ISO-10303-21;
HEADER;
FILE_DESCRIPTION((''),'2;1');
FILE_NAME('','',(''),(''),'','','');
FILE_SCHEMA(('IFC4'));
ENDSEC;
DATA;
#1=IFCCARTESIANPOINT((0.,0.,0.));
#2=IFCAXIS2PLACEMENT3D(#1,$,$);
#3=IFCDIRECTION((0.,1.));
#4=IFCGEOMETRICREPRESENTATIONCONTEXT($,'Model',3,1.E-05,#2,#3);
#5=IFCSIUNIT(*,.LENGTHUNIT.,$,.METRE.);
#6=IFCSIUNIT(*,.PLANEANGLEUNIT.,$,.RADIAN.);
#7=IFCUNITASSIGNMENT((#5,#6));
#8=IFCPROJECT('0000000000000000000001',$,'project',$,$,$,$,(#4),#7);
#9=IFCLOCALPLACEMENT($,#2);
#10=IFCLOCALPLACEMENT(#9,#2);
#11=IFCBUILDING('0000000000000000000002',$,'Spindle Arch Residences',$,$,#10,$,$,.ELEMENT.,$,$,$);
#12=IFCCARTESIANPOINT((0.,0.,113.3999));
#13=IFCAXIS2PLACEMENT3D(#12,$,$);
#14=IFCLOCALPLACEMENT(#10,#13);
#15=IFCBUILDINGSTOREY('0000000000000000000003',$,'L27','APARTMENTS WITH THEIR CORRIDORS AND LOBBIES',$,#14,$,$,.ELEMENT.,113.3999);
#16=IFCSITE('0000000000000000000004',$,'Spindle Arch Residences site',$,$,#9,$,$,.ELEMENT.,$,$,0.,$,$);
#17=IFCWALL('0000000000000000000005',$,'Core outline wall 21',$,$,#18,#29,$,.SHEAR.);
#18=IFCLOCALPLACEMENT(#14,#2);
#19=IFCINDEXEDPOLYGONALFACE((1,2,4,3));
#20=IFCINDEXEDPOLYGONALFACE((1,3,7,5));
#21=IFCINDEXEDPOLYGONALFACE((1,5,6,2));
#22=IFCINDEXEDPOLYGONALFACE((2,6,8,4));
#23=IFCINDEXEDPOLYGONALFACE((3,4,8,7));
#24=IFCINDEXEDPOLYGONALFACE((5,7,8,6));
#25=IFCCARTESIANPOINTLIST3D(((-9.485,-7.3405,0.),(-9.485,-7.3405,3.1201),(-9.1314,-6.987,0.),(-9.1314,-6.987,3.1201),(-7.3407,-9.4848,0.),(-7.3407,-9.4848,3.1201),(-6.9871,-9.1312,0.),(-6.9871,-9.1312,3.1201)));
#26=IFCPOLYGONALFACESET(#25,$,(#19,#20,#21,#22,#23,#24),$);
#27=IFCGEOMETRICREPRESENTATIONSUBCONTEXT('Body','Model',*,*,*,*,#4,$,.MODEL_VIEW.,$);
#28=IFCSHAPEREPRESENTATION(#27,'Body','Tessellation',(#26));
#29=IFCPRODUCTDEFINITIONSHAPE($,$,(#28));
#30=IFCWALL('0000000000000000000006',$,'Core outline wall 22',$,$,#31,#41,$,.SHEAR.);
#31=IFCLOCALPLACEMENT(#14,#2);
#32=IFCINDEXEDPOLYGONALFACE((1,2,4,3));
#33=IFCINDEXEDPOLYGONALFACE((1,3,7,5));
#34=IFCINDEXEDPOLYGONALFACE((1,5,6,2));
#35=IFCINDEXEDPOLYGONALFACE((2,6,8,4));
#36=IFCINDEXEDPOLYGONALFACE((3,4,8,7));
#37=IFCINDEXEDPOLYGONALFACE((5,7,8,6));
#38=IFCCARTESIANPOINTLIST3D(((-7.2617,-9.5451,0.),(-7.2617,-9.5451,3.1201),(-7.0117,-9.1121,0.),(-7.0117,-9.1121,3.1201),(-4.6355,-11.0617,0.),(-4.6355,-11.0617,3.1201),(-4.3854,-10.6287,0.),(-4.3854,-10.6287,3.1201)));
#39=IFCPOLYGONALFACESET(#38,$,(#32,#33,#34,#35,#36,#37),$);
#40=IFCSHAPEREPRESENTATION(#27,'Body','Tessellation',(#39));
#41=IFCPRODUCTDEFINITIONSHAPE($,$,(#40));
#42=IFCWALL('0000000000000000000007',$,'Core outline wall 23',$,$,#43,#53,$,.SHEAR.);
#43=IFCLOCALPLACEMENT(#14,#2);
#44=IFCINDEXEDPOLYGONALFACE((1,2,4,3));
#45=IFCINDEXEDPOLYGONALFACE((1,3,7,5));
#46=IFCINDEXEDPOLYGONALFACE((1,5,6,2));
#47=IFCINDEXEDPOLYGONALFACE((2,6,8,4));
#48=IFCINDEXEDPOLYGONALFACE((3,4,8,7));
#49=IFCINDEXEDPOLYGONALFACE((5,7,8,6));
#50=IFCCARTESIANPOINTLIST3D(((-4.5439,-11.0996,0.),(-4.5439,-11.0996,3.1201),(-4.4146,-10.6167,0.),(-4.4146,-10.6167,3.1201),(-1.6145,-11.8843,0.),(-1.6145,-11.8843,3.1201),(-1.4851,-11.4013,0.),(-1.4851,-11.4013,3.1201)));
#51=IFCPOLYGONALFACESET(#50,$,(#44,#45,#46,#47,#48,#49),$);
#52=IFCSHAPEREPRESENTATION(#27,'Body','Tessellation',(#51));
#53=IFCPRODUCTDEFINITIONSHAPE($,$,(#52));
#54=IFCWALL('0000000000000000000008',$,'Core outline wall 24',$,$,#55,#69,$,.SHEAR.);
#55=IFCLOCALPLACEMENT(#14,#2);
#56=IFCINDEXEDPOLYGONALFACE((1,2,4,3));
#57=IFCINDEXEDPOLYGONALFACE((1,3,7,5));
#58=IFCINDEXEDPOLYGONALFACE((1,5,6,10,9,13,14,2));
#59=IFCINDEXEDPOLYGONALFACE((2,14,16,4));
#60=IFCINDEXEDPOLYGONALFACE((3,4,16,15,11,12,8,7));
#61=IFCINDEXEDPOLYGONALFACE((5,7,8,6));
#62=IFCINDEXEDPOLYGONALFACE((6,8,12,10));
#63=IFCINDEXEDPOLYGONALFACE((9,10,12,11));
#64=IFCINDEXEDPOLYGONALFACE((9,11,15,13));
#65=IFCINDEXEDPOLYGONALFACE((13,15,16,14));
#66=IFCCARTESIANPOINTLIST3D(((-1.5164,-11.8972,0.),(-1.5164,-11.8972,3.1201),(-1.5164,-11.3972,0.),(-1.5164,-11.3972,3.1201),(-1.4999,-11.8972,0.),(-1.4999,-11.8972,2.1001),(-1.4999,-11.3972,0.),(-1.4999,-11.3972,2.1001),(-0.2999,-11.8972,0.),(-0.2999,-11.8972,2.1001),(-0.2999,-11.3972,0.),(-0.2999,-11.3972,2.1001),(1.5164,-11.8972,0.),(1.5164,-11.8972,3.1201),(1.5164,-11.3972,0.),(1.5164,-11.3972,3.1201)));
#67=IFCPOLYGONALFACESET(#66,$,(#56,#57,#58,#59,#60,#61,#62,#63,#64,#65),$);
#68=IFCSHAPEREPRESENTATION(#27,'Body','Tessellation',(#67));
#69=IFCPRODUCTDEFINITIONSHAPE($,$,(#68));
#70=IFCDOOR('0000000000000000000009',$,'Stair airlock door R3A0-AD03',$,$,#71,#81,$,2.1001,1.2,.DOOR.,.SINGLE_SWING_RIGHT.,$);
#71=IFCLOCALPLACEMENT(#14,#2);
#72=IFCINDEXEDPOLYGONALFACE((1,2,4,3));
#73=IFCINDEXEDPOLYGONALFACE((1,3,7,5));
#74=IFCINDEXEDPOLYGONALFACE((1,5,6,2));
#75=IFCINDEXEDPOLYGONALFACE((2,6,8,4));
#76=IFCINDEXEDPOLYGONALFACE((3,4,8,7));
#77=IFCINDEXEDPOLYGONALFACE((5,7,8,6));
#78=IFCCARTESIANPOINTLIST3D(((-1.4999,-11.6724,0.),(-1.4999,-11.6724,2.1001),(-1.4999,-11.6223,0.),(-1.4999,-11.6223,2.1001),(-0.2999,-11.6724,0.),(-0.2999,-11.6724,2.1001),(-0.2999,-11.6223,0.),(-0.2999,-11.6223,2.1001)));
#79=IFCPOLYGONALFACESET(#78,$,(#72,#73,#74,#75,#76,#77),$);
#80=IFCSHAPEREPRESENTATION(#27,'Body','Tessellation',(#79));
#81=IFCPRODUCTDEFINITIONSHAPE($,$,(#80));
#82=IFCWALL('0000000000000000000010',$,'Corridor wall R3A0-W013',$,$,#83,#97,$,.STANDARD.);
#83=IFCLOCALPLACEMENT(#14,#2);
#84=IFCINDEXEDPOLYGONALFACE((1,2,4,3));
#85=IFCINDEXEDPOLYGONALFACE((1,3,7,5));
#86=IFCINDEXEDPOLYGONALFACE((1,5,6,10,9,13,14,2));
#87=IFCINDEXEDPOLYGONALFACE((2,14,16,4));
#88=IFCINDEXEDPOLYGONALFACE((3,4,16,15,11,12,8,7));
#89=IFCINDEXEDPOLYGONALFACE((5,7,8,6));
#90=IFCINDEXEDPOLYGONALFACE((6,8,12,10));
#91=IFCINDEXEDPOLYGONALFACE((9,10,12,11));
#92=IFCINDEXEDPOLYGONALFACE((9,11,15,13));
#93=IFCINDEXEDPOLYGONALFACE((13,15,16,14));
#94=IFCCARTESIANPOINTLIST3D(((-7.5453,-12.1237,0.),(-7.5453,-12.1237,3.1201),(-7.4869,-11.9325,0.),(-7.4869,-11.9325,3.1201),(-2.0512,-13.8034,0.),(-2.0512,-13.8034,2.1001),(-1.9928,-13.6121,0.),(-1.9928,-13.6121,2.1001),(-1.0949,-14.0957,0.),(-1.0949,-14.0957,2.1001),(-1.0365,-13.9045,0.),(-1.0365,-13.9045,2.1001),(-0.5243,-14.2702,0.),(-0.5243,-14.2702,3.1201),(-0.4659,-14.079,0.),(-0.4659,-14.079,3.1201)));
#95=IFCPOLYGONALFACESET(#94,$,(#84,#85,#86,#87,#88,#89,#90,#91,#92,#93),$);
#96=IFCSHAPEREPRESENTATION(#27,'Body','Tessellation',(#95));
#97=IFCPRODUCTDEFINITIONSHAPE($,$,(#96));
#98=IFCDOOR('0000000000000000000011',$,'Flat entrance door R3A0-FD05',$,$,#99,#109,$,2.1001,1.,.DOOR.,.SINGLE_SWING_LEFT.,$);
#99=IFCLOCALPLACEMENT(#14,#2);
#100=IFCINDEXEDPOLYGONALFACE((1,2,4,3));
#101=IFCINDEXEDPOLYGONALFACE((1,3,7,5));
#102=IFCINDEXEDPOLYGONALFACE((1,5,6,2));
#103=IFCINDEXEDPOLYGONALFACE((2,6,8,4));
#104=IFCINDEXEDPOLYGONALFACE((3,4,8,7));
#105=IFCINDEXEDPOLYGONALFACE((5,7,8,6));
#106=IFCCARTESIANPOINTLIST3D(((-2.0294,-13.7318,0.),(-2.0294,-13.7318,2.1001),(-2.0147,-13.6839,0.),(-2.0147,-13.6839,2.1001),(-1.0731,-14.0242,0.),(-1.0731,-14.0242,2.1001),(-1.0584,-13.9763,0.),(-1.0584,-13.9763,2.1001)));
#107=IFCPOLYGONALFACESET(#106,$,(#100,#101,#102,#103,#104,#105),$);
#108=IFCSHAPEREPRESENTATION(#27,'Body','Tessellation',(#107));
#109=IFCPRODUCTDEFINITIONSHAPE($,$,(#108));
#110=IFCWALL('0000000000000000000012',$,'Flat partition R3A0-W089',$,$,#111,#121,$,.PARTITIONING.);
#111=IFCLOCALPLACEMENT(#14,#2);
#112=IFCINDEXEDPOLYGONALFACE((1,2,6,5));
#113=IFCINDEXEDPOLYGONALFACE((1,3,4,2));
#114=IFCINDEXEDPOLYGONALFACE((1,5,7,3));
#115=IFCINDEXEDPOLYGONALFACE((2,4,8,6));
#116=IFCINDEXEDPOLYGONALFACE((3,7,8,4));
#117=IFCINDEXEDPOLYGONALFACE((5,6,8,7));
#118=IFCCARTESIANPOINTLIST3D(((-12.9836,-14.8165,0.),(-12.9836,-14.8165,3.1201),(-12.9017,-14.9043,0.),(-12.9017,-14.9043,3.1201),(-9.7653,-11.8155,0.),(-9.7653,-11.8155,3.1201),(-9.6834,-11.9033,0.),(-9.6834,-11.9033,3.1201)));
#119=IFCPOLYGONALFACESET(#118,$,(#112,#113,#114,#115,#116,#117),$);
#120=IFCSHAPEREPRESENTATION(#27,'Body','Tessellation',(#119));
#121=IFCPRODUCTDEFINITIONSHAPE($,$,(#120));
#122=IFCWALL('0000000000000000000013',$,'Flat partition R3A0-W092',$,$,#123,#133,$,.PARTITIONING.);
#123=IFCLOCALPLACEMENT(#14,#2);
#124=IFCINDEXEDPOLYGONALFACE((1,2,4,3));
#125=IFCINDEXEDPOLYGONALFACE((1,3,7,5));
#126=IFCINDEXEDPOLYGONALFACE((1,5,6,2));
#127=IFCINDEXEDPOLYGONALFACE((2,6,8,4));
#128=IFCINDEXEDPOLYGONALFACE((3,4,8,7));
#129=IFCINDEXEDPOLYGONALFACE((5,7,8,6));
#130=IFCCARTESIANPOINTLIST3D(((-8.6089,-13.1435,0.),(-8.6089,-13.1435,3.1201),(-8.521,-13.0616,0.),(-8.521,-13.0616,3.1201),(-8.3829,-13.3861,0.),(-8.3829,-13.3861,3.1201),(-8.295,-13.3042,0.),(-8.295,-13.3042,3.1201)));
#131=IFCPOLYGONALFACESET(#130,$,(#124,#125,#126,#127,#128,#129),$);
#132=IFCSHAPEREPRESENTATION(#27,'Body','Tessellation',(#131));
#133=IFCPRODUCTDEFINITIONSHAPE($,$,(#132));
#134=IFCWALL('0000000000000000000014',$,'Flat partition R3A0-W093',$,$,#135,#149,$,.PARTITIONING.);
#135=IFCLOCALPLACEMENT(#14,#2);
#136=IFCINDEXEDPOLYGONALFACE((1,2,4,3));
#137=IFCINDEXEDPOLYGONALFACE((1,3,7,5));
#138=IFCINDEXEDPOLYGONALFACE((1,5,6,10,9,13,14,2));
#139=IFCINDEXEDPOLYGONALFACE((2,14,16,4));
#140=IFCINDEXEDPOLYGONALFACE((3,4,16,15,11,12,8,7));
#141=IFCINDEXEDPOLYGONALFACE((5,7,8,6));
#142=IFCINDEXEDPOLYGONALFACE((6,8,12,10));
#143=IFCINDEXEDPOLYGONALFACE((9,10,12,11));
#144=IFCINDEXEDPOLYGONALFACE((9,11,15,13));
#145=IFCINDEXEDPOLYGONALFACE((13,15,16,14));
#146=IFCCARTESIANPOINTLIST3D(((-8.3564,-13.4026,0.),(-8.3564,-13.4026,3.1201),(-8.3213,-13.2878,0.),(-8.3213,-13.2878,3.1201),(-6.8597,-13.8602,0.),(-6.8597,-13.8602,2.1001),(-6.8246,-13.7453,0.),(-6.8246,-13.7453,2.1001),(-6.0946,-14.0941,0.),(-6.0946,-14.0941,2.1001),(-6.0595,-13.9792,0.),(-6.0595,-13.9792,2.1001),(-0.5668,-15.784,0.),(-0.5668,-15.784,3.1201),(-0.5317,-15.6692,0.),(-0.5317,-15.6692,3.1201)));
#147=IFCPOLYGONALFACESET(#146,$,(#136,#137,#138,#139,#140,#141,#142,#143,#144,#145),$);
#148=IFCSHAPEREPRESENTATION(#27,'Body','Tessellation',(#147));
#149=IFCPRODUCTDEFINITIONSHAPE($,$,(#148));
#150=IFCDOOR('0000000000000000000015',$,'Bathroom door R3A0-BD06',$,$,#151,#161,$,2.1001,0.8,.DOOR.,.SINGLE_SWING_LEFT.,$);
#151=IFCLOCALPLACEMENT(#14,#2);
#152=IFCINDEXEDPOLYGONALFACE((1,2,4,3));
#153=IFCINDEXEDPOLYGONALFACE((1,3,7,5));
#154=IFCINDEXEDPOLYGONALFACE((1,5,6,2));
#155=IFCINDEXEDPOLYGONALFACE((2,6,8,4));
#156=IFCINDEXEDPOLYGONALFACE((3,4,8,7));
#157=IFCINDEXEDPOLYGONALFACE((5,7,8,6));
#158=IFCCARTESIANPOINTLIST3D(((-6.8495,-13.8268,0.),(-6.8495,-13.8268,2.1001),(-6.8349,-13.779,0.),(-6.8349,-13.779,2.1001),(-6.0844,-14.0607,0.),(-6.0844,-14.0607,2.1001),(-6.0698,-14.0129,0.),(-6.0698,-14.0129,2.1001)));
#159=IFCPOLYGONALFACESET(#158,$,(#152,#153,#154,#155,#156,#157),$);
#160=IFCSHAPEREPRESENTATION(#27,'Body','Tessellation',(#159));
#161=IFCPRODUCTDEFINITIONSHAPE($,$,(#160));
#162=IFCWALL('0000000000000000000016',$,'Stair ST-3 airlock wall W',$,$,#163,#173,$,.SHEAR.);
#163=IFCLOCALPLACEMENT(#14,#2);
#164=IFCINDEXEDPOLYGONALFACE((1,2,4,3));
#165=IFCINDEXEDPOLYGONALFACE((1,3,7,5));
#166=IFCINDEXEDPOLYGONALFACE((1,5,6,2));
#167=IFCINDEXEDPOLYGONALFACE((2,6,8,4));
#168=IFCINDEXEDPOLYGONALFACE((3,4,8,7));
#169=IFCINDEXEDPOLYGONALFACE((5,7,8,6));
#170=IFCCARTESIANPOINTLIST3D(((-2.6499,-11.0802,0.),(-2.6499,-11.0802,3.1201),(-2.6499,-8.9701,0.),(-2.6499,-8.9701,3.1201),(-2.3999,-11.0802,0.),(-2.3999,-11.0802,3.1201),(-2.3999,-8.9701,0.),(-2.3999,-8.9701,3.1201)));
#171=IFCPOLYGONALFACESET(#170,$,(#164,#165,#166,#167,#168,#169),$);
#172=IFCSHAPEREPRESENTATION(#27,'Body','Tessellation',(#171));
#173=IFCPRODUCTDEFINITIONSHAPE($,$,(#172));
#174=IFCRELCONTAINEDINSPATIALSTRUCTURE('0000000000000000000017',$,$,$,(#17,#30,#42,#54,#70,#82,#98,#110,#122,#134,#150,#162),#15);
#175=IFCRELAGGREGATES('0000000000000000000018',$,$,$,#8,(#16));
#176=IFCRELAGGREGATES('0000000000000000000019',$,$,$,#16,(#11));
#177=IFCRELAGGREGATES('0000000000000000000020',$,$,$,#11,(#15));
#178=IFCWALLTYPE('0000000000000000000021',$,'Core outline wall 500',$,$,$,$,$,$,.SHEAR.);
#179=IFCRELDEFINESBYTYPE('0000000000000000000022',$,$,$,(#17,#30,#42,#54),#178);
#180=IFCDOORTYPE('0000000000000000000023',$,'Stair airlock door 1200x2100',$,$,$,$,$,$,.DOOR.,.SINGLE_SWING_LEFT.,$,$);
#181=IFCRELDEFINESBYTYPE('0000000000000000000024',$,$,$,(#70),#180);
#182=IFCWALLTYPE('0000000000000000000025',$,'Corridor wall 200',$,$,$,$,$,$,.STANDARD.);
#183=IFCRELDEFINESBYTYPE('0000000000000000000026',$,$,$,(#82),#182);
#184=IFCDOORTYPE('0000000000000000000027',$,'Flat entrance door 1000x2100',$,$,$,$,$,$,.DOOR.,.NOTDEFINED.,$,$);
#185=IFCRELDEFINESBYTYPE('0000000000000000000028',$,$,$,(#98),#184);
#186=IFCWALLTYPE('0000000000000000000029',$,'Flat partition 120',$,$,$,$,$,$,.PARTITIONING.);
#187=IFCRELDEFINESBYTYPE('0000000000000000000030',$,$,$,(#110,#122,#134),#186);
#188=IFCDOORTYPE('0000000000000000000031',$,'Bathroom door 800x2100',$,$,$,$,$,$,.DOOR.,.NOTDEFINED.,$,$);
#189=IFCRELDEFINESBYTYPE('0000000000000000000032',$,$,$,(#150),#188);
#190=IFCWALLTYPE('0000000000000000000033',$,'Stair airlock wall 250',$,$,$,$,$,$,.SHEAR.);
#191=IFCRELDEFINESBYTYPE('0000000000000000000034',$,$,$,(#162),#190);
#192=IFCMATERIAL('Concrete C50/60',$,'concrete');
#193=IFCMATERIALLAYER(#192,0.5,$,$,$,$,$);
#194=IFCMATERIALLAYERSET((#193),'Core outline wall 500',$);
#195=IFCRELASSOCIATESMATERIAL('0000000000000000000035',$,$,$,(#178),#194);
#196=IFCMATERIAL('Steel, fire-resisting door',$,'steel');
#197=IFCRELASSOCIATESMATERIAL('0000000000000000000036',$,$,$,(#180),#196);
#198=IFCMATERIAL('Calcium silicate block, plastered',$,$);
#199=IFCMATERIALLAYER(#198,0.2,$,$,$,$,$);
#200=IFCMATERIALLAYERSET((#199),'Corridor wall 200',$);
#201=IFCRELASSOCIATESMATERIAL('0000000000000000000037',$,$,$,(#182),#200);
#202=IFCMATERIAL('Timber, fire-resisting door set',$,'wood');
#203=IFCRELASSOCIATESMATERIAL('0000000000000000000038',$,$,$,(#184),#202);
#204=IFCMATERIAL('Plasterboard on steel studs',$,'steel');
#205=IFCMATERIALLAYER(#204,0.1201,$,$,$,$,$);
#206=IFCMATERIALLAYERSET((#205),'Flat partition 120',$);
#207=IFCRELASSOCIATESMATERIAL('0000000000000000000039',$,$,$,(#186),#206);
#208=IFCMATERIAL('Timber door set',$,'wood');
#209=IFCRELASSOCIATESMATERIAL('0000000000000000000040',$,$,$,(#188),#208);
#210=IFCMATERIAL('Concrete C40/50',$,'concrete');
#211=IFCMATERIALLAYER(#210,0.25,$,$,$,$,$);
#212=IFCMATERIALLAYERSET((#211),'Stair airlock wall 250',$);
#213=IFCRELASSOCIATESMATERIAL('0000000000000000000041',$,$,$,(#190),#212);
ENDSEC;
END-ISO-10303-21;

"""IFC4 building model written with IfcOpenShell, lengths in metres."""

from ifc_helpers import new_model, si_unit, direction, frame, frame_2d, origin, place, context, subcontext, project, spatial, rectangle, extrude, material, layer, layer_set, type_object, element, fill, save


model = new_model("IFC4")

# Units and contexts
model_context = context("Model", 3, precision=1e-05, world=origin(), true_north=direction((0.0, 1.0)))
body_context = subcontext(model_context, "Body", "Model", "MODEL_VIEW")
ifc_project = project(units=[si_unit("LENGTHUNIT", "METRE"), si_unit("PLANEANGLEUNIT", "RADIAN")], contexts=[model_context])

# Site, building, storey
site_placement = place(None, origin())
site = spatial("IfcSite", under=ifc_project, at=site_placement, Name="Spindle Arch Residences site", CompositionType="ELEMENT", RefElevation=0.0)
building_placement = place(site_placement, origin())
building = spatial("IfcBuilding", under=site, at=building_placement, Name="Spindle Arch Residences", CompositionType="ELEMENT")
storey_placement = place(building_placement, frame((0.0, 0.0, 113.3999)))
storey = spatial("IfcBuildingStorey", under=building, at=storey_placement, Name="L27", Description="APARTMENTS WITH THEIR CORRIDORS AND LOBBIES", CompositionType="ELEMENT", Elevation=113.3999)

# Walls
ifc_material_1 = material(Name="Concrete C50/60", Category="concrete")
ifc_layer_1 = layer(ifc_material_1, 0.5)
ifc_layer_set_1 = layer_set([ifc_layer_1], Name="Core outline wall 500")
wall_type_1 = type_object("IfcWallType", Name="Core outline wall 500", PredefinedType="SHEAR", material=ifc_layer_set_1)
wall_1_placement = place(storey_placement, frame((-9.3081, -7.1638, 0.0), z_axis=(0.0, 0.0, 1.0), x_axis=(0.707107, -0.707107, 0.0)))
element("IfcWall", 1, at=wall_1_placement, inside=storey, type_object=wall_type_1, Name="Core outline wall 21", PredefinedType="SHEAR", context=body_context, shape_type="SweptSolid", body=[
    extrude(rectangle(XDim=3.0325, YDim=0.5, at=frame_2d((1.5161, 0.0))), origin(), (0.0, 0.0, 1.0), 3.1201),
])
for number, where, z_axis, x_axis, name in (
    (2, (-7.1367, -9.3286, 0.0), (0.0, 0.0, 1.0), (0.865975, -0.500087, 0.0), "Core outline wall 22"),
    (3, (-4.4792, -10.8582, 0.0), (0.0, 0.0, 1.0), (0.965948, -0.258735, 0.0), "Core outline wall 23"),
):
    element("IfcWall", number, at=place(storey_placement, frame(where, z_axis=z_axis, x_axis=x_axis)), inside=storey, type_object=wall_type_1, Name=name, PredefinedType="SHEAR", context=body_context, shape_type="SweptSolid", body=[
        extrude(rectangle(XDim=3.0327, YDim=0.5, at=frame_2d((1.5164, 0.0))), origin(), (0.0, 0.0, 1.0), 3.1201),
    ])

# Walls, openings, doors
wall_2_placement = place(storey_placement, frame((-1.5164, -11.6472, 0.0), z_axis=(0.0, 0.0, 1.0), x_axis=(1.0, 0.0, 0.0)))
wall_2 = element("IfcWall", 4, at=wall_2_placement, inside=storey, type_object=wall_type_1, Name="Core outline wall 24", PredefinedType="SHEAR", context=body_context, shape_type="SweptSolid", body=[
    extrude(rectangle(XDim=3.0327, YDim=0.5, at=frame_2d((1.5164, 0.0))), origin(), (0.0, 0.0, 1.0), 3.1201),
])
opening_1_placement = place(wall_2_placement, frame((0.0164, 0.0, 0.0)))
opening_1 = element("IfcOpeningElement", 5, at=opening_1_placement, cuts=wall_2, PredefinedType="OPENING", context=body_context, shape_type="SweptSolid", body=[
    extrude(rectangle(XDim=1.2, YDim=2.1001, at=frame_2d((0.6001, 1.05))), frame((0.0, 0.26, 0.0), z_axis=(0.0, -1.0, 0.0), x_axis=(1.0, 0.0, 0.0)), (0.0, 0.0, 1.0), 0.52),
])
ifc_material_2 = material(Name="Steel, fire-resisting door", Category="steel")
door_type_1 = type_object("IfcDoorType", Name="Stair airlock door 1200x2100", OperationType="SINGLE_SWING_LEFT", PredefinedType="DOOR", material=ifc_material_2)
door_1_placement = place(opening_1_placement, origin())
door_1 = element("IfcDoor", 6, at=door_1_placement, inside=storey, type_object=door_type_1, Name="Stair airlock door R3A0-AD03", OperationType="SINGLE_SWING_RIGHT", OverallHeight=2.1001, OverallWidth=1.2, PredefinedType="DOOR", context=body_context, shape_type="SweptSolid", body=[
    extrude(rectangle(XDim=1.2, YDim=2.1001, at=frame_2d((0.6001, 1.05))), frame((0.0, 0.0249, 0.0), z_axis=(0.0, -1.0, 0.0), x_axis=(1.0, 0.0, 0.0)), (0.0, 0.0, 1.0), 0.05),
])
fill(opening_1, door_1)
ifc_material_3 = material(Name="Calcium silicate block, plastered")
ifc_layer_2 = layer(ifc_material_3, 0.2)
ifc_layer_set_2 = layer_set([ifc_layer_2], Name="Corridor wall 200")
wall_type_2 = type_object("IfcWallType", Name="Corridor wall 200", PredefinedType="STANDARD", material=ifc_layer_set_2)
wall_3_placement = place(storey_placement, frame((-7.5161, -12.0281, 0.0), z_axis=(0.0, 0.0, 1.0), x_axis=(0.956307, -0.292366, 0.0)))
wall_3 = element("IfcWall", 7, at=wall_3_placement, inside=storey, type_object=wall_type_2, Name="Corridor wall R3A0-W013", PredefinedType="STANDARD", context=body_context, shape_type="SweptSolid", body=[
    extrude(rectangle(XDim=7.3418, YDim=0.2, at=frame_2d((3.6709, 0.0))), origin(), (0.0, 0.0, 1.0), 3.1201),
])
opening_2_placement = place(wall_3_placement, frame((5.7451, 0.0, 0.0)))
opening_2 = element("IfcOpeningElement", 8, at=opening_2_placement, cuts=wall_3, PredefinedType="OPENING", context=body_context, shape_type="SweptSolid", body=[
    extrude(rectangle(XDim=1.0, YDim=2.1001, at=frame_2d((0.5, 1.05))), frame((0.0, 0.1099, 0.0), z_axis=(0.0, -1.0, 0.0), x_axis=(1.0, 0.0, 0.0)), (0.0, 0.0, 1.0), 0.22),
])
ifc_material_4 = material(Name="Timber, fire-resisting door set", Category="wood")
door_type_2 = type_object("IfcDoorType", Name="Flat entrance door 1000x2100", OperationType="NOTDEFINED", PredefinedType="DOOR", material=ifc_material_4)
door_2_placement = place(opening_2_placement, origin())
door_2 = element("IfcDoor", 9, at=door_2_placement, inside=storey, type_object=door_type_2, Name="Flat entrance door R3A0-FD05", OperationType="SINGLE_SWING_LEFT", OverallHeight=2.1001, OverallWidth=1.0, PredefinedType="DOOR", context=body_context, shape_type="SweptSolid", body=[
    extrude(rectangle(XDim=1.0, YDim=2.1001, at=frame_2d((0.5, 1.05))), frame((0.0, 0.0249, 0.0), z_axis=(0.0, -1.0, 0.0), x_axis=(1.0, 0.0, 0.0)), (0.0, 0.0, 1.0), 0.05),
])
fill(opening_2, door_2)

# Walls
ifc_material_5 = material(Name="Plasterboard on steel studs", Category="steel")
ifc_layer_3 = layer(ifc_material_5, 0.1201)
ifc_layer_set_3 = layer_set([ifc_layer_3], Name="Flat partition 120")
wall_type_3 = type_object("IfcWallType", Name="Flat partition 120", PredefinedType="PARTITIONING", material=ifc_layer_set_3)
wall_4_placement = place(storey_placement, frame((-9.7244, -11.8594, 0.0), z_axis=(0.0, 0.0, 1.0), x_axis=(-0.731365, -0.681986, 0.0)))
element("IfcWall", 10, at=wall_4_placement, inside=storey, type_object=wall_type_3, Name="Flat partition R3A0-W089", PredefinedType="PARTITIONING", context=body_context, shape_type="SweptSolid", body=[
    extrude(rectangle(XDim=4.4004, YDim=0.1201, at=frame_2d((2.2002, 0.0))), origin(), (0.0, 0.0, 1.0), 3.1201),
])
wall_5_placement = place(storey_placement, frame((-8.5649, -13.1025, 0.0), z_axis=(0.0, 0.0, 1.0), x_axis=(0.681636, -0.731691, 0.0)))
element("IfcWall", 11, at=wall_5_placement, inside=storey, type_object=wall_type_3, Name="Flat partition R3A0-W092", PredefinedType="PARTITIONING", context=body_context, shape_type="SweptSolid", body=[
    extrude(rectangle(XDim=0.3315, YDim=0.1201, at=frame_2d((0.1658, 0.0))), origin(), (0.0, 0.0, 1.0), 3.1201),
])

# Wall, opening, door
wall_6_placement = place(storey_placement, frame((-8.3389, -13.3452, 0.0), z_axis=(0.0, 0.0, 1.0), x_axis=(0.95631, -0.292354, 0.0)))
wall_6 = element("IfcWall", 12, at=wall_6_placement, inside=storey, type_object=wall_type_3, Name="Flat partition R3A0-W093", PredefinedType="PARTITIONING", context=body_context, shape_type="SweptSolid", body=[
    extrude(rectangle(XDim=8.1455, YDim=0.1201, at=frame_2d((4.0728, 0.0))), origin(), (0.0, 0.0, 1.0), 3.1201),
])
opening_3_placement = place(wall_6_placement, frame((1.5652, 0.0, 0.0)))
opening_3 = element("IfcOpeningElement", 13, at=opening_3_placement, cuts=wall_6, PredefinedType="OPENING", context=body_context, shape_type="SweptSolid", body=[
    extrude(rectangle(XDim=0.8, YDim=2.1001, at=frame_2d((0.3999, 1.05))), frame((0.0, 0.0701, 0.0), z_axis=(0.0, -1.0, 0.0), x_axis=(1.0, 0.0, 0.0)), (0.0, 0.0, 1.0), 0.1401),
])
ifc_material_6 = material(Name="Timber door set", Category="wood")
door_type_3 = type_object("IfcDoorType", Name="Bathroom door 800x2100", OperationType="NOTDEFINED", PredefinedType="DOOR", material=ifc_material_6)
door_3_placement = place(opening_3_placement, origin())
door_3 = element("IfcDoor", 14, at=door_3_placement, inside=storey, type_object=door_type_3, Name="Bathroom door R3A0-BD06", OperationType="SINGLE_SWING_LEFT", OverallHeight=2.1001, OverallWidth=0.8, PredefinedType="DOOR", context=body_context, shape_type="SweptSolid", body=[
    extrude(rectangle(XDim=0.8, YDim=2.1001, at=frame_2d((0.3999, 1.05))), frame((0.0, 0.0249, 0.0), z_axis=(0.0, -1.0, 0.0), x_axis=(1.0, 0.0, 0.0)), (0.0, 0.0, 1.0), 0.05),
])
fill(opening_3, door_3)

# Wall
ifc_material_7 = material(Name="Concrete C40/50", Category="concrete")
ifc_layer_4 = layer(ifc_material_7, 0.25)
ifc_layer_set_4 = layer_set([ifc_layer_4], Name="Stair airlock wall 250")
wall_type_4 = type_object("IfcWallType", Name="Stair airlock wall 250", PredefinedType="SHEAR", material=ifc_layer_set_4)
wall_7_placement = place(storey_placement, frame((-2.5249, -8.97, 0.0), z_axis=(0.0, 0.0, 1.0), x_axis=(0.0, -1.0, 0.0)))
element("IfcWall", 15, at=wall_7_placement, inside=storey, type_object=wall_type_4, Name="Stair ST-3 airlock wall W", PredefinedType="SHEAR", context=body_context, shape_type="SweptSolid", body=[
    extrude(rectangle(XDim=2.1101, YDim=0.25, at=frame_2d((1.0552, 0.0))), origin(), (0.0, 0.0, 1.0), 3.1201),
])

save(model, "model.ifc")
